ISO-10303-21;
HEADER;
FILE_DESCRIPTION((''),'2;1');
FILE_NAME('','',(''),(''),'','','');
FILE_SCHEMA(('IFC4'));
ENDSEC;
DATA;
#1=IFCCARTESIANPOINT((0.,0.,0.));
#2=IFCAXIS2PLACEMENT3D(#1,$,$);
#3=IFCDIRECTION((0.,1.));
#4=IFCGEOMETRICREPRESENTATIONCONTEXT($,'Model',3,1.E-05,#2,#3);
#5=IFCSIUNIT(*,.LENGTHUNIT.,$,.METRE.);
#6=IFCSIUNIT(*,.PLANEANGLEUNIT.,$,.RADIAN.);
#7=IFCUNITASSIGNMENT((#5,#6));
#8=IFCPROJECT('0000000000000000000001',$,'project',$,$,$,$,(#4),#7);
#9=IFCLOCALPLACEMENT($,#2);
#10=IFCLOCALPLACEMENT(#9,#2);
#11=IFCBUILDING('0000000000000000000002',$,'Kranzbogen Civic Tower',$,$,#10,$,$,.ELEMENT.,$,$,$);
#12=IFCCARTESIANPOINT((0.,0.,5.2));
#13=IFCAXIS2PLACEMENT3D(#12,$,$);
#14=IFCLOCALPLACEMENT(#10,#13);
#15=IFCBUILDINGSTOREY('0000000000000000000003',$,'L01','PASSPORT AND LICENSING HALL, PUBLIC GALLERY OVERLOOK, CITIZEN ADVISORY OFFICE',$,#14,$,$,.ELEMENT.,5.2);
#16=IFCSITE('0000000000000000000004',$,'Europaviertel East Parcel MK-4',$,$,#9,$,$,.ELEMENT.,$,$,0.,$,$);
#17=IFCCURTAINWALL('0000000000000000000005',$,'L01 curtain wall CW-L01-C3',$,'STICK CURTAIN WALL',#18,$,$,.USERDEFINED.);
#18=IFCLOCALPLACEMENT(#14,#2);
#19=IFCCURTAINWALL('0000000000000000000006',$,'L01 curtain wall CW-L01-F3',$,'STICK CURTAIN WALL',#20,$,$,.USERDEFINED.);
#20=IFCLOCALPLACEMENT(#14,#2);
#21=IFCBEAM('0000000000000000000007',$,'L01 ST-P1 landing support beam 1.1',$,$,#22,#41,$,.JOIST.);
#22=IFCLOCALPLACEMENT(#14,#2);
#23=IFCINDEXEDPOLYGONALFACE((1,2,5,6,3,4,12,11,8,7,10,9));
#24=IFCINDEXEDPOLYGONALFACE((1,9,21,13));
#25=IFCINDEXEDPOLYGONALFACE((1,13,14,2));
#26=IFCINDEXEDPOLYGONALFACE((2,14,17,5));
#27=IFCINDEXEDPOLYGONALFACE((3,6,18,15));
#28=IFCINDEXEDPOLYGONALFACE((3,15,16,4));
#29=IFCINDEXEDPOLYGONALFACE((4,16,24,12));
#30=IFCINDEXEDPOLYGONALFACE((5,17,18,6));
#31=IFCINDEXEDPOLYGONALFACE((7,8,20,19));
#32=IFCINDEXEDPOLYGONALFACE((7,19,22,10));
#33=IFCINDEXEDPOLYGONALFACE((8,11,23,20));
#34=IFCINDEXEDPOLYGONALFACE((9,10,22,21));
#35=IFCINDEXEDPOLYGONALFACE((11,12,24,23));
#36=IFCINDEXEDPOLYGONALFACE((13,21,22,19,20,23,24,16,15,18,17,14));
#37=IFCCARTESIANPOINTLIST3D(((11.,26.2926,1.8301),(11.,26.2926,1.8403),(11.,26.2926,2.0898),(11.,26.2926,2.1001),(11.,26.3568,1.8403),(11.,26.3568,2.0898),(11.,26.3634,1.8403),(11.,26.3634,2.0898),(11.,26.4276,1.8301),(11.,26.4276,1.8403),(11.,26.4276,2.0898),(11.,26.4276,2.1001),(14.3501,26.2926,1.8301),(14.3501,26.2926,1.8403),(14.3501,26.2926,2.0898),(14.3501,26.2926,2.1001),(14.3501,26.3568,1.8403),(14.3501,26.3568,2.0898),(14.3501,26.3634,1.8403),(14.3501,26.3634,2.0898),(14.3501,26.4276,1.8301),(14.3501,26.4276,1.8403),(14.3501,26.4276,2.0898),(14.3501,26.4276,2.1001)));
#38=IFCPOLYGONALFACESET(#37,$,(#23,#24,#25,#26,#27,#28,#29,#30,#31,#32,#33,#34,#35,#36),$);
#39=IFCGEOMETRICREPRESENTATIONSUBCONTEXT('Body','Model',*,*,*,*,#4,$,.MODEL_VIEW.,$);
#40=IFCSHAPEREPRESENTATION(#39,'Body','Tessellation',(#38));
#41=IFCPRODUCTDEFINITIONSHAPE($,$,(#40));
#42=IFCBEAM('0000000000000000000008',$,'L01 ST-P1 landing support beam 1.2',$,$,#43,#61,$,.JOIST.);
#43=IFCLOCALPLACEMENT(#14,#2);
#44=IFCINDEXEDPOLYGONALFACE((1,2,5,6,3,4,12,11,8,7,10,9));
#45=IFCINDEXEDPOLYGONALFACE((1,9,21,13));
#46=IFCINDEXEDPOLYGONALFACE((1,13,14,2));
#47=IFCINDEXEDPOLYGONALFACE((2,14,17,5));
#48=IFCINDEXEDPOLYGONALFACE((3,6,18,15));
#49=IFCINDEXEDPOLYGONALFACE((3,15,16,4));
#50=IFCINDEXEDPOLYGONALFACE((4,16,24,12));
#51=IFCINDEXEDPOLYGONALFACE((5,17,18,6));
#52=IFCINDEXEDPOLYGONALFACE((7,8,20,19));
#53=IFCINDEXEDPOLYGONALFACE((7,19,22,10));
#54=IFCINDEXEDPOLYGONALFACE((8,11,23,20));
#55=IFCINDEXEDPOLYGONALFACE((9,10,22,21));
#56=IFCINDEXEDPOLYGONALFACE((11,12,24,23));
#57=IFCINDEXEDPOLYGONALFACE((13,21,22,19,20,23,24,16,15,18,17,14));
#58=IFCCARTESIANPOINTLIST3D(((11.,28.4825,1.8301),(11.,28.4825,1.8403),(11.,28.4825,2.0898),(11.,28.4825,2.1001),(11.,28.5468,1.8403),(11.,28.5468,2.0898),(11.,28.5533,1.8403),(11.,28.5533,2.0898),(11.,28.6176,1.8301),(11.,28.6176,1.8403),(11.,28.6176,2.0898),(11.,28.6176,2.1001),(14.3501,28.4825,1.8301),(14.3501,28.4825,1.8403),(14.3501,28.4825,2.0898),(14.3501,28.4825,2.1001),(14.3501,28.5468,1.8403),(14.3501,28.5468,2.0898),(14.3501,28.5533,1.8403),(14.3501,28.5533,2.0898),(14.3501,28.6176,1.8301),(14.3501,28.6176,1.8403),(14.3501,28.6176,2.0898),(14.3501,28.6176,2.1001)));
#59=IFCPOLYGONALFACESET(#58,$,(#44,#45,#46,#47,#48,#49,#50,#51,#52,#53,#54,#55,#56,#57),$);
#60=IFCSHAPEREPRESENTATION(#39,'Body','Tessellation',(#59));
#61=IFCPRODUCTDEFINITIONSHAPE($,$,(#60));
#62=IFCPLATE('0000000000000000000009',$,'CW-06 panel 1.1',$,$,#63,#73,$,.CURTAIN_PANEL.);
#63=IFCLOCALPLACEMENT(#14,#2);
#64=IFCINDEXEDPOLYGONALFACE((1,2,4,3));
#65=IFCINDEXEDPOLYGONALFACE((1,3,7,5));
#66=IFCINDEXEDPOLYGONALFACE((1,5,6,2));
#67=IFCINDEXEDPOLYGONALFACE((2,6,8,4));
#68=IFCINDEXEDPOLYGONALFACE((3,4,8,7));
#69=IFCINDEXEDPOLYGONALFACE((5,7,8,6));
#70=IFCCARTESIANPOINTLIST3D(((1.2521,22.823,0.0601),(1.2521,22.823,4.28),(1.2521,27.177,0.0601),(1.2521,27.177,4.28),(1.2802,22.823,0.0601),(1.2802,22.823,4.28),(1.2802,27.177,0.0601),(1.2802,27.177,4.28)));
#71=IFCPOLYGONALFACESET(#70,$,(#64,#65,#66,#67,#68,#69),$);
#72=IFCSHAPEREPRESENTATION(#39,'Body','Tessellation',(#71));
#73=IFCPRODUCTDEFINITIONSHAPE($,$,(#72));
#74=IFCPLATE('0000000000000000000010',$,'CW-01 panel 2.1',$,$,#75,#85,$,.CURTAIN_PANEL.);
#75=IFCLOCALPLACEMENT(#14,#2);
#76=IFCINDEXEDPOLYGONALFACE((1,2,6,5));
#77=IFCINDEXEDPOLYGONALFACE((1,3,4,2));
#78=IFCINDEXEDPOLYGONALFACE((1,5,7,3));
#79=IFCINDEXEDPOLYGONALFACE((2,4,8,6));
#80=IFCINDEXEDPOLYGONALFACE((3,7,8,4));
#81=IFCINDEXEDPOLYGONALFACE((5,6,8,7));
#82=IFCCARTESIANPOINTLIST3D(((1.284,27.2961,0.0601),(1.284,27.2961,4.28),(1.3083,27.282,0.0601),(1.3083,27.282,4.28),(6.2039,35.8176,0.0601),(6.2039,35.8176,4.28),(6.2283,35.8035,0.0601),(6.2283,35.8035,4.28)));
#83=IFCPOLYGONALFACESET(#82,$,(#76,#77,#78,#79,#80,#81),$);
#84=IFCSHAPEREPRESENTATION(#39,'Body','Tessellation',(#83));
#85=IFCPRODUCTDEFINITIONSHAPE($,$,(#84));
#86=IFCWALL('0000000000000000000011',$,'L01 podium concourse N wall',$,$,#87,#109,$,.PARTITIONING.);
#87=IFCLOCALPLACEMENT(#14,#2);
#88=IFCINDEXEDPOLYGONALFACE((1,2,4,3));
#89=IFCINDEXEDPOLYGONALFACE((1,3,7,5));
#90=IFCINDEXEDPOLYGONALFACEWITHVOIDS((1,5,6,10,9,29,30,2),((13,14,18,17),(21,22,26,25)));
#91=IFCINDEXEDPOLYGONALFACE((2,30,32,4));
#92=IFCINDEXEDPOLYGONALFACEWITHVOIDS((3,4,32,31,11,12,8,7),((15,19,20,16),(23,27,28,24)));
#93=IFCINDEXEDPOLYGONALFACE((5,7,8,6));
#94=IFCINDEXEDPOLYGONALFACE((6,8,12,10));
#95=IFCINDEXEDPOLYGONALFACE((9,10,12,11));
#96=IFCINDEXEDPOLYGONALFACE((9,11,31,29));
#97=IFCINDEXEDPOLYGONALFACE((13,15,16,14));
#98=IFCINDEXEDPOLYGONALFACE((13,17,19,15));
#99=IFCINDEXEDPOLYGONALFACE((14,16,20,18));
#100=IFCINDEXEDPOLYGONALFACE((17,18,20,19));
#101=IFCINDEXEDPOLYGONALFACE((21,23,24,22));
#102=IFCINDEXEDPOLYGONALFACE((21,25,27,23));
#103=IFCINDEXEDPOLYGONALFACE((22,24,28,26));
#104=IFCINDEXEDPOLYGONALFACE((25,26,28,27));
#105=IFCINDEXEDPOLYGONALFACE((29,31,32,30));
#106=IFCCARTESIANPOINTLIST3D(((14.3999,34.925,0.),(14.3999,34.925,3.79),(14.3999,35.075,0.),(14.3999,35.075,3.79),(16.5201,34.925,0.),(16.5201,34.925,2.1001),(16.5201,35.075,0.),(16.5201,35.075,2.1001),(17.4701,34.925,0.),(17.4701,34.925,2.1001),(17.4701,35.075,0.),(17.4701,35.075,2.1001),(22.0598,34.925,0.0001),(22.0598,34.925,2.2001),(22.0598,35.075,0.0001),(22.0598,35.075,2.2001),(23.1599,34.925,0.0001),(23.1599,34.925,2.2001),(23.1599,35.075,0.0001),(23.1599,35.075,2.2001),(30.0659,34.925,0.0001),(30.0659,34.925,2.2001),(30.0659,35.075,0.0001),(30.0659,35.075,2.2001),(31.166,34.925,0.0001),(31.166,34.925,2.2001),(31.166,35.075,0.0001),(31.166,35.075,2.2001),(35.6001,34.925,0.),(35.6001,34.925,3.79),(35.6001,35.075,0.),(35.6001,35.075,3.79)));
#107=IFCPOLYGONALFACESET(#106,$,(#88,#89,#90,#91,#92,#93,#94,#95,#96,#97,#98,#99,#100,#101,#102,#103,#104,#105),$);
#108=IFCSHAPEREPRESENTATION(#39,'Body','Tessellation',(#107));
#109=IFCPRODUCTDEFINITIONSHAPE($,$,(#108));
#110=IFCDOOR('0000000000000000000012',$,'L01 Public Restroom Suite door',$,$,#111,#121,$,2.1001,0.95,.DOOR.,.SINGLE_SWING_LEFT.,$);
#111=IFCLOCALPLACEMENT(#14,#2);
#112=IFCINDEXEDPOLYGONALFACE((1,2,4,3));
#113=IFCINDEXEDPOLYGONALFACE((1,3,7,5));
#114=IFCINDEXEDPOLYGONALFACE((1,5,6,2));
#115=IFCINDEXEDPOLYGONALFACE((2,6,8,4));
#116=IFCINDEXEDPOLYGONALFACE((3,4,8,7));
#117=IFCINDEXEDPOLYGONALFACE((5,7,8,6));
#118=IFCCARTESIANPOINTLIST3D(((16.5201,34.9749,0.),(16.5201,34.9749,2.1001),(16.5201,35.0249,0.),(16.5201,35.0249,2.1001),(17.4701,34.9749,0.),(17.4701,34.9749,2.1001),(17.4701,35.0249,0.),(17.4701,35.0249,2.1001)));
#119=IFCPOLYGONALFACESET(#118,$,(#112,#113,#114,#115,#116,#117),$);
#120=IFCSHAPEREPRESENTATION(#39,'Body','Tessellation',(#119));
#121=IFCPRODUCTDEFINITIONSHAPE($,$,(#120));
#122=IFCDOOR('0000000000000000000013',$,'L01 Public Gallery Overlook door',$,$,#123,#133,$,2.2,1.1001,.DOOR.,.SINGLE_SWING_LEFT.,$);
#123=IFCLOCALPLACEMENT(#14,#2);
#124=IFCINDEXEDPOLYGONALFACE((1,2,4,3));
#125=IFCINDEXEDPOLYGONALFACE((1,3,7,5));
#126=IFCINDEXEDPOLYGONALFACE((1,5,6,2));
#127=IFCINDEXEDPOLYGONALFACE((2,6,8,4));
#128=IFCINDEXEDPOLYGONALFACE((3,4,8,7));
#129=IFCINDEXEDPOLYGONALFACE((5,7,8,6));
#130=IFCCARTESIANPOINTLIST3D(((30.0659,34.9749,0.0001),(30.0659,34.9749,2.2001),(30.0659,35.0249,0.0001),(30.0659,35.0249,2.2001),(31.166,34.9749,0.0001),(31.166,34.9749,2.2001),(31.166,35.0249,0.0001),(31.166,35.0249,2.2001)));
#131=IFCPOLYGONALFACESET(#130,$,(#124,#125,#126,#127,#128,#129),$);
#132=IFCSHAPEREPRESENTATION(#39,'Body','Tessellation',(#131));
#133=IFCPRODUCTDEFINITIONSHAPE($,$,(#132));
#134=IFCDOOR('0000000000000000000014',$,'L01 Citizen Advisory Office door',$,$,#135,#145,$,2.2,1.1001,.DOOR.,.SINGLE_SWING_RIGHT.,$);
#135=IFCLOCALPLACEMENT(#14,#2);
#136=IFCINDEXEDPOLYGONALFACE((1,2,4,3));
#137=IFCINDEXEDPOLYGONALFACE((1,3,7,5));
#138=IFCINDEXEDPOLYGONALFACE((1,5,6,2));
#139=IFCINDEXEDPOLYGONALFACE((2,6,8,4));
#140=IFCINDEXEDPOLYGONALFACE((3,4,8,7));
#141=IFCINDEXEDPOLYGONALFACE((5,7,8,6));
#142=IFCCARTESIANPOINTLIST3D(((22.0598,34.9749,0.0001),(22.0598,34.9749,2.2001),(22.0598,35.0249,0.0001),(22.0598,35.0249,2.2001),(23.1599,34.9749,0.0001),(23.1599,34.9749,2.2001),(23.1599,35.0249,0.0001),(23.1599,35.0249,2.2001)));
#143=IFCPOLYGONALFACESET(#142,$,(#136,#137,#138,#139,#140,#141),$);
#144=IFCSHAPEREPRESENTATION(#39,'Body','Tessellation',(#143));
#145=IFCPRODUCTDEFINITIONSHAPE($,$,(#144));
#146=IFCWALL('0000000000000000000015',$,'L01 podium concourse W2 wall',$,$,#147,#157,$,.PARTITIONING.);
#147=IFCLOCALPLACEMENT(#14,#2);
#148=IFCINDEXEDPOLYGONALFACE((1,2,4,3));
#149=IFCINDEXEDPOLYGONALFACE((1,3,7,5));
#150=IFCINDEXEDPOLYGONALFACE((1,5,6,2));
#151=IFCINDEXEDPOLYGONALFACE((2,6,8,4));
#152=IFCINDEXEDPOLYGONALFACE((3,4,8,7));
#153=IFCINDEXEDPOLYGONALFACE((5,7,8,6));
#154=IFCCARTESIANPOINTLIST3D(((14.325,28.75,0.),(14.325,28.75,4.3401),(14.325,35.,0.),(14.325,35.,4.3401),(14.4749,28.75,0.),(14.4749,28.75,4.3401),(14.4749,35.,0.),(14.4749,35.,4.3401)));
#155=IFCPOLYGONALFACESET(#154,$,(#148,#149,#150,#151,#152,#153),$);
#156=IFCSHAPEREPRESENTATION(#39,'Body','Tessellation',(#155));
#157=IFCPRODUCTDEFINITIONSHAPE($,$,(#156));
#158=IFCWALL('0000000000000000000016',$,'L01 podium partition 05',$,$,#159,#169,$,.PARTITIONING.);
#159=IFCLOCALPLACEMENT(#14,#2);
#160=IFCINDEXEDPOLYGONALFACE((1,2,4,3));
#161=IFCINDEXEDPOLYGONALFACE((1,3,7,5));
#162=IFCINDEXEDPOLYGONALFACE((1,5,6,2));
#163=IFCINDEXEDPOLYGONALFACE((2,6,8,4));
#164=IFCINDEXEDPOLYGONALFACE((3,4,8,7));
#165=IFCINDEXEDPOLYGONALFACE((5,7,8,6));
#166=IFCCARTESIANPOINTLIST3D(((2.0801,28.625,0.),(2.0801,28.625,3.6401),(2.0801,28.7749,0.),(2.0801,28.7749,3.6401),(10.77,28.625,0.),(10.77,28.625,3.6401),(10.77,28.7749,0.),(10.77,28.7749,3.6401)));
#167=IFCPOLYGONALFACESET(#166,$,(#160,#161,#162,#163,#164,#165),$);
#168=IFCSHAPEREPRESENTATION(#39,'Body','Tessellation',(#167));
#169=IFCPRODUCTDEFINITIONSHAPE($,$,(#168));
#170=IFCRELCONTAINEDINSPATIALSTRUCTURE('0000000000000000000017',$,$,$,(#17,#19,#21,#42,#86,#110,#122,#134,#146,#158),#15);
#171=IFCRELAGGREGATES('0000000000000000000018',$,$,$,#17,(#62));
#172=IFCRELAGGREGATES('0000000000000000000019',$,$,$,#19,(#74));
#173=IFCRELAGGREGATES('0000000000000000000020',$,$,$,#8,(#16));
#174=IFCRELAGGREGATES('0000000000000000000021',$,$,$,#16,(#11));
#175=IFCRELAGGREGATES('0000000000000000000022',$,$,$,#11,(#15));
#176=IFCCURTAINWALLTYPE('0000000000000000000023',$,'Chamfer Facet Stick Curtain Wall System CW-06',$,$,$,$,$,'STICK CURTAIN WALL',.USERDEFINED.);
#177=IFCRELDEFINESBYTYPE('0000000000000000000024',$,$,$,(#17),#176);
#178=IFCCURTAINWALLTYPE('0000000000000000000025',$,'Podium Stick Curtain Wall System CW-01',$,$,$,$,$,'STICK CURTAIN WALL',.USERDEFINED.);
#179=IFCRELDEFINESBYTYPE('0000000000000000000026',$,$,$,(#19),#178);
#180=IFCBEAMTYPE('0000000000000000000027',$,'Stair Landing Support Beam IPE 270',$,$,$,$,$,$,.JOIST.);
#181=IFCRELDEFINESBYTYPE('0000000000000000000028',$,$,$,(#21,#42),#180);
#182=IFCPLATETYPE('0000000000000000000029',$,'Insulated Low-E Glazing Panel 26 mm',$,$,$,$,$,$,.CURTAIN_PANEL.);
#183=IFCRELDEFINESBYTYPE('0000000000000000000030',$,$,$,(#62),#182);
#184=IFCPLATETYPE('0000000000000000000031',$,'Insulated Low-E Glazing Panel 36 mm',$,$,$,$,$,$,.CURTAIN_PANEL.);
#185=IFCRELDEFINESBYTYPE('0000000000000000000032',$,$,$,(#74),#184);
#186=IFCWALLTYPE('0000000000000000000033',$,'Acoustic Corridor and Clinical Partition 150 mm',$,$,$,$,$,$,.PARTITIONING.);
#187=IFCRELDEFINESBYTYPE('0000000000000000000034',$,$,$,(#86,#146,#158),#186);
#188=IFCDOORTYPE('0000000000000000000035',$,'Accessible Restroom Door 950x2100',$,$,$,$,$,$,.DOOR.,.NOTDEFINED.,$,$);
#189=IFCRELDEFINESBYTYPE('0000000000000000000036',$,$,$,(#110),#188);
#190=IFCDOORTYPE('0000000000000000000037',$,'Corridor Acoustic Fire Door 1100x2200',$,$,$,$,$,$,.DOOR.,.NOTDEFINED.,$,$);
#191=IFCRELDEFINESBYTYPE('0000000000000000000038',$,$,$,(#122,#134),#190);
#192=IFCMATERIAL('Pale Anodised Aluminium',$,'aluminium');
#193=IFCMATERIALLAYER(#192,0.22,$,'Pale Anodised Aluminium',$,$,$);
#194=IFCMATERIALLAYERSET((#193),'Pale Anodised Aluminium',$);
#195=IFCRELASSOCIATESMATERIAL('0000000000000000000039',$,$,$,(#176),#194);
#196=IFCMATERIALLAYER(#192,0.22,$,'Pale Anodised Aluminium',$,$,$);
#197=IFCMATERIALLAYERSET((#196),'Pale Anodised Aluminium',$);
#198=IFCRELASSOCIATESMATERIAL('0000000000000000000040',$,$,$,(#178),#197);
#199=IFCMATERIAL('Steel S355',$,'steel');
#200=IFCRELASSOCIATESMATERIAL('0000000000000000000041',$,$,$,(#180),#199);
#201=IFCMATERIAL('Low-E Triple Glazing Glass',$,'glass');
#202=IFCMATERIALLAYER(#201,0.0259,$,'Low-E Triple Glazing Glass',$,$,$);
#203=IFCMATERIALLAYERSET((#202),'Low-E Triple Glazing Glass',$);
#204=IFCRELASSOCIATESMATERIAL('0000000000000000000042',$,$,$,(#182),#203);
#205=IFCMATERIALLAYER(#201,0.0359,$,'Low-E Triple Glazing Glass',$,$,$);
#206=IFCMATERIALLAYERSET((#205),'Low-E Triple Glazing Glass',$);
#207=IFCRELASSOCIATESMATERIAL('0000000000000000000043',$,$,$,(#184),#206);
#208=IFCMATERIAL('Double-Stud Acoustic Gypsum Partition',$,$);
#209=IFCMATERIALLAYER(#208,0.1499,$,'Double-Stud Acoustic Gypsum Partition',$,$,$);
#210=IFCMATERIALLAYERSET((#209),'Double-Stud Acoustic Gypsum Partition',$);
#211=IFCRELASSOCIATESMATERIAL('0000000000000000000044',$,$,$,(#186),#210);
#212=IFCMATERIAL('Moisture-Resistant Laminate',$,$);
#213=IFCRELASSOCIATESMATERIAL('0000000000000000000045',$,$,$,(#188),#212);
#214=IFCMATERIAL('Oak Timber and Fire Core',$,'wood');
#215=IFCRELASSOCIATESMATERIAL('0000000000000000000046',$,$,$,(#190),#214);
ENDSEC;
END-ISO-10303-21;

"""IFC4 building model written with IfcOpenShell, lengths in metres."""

from ifc_helpers import new_model, si_unit, direction, frame, frame_2d, origin, origin_2d, place, context, subcontext, project, spatial, rectangle, i_section, extrude, material, layer, layer_set, material_profile, profile_set, type_object, element, fill, aggregate, save


model = new_model("IFC4")

# Units and contexts
model_context = context("Model", 3, precision=1e-05, world=origin(), true_north=direction((0.0, 1.0)))
body_context = subcontext(model_context, "Body", "Model", "MODEL_VIEW")
ifc_project = project(units=[si_unit("LENGTHUNIT", "METRE"), si_unit("PLANEANGLEUNIT", "RADIAN")], contexts=[model_context])

# Site, building, storey
site_placement = place(None, origin())
site = spatial("IfcSite", under=ifc_project, at=site_placement, Name="Europaviertel East Parcel MK-4", CompositionType="ELEMENT", RefElevation=0.0)
building_placement = place(site_placement, origin())
building = spatial("IfcBuilding", under=site, at=building_placement, Name="Kranzbogen Civic Tower", CompositionType="ELEMENT")
storey_placement = place(building_placement, frame((0.0, 0.0, 5.2)))
storey = spatial("IfcBuildingStorey", under=building, at=storey_placement, Name="L01", Description="PASSPORT AND LICENSING HALL, PUBLIC GALLERY OVERLOOK, CITIZEN ADVISORY OFFICE", CompositionType="ELEMENT", Elevation=5.2)

# Curtain walls
ifc_material_1 = material(Name="Pale Anodised Aluminium", Category="aluminium")
ifc_layer_1 = layer(ifc_material_1, 0.22, Name="Pale Anodised Aluminium")
ifc_layer_set_1 = layer_set([ifc_layer_1], Name="Pale Anodised Aluminium")
curtain_wall_type_1 = type_object("IfcCurtainWallType", Name="Chamfer Facet Stick Curtain Wall System CW-06", ElementType="STICK CURTAIN WALL", PredefinedType="USERDEFINED", material=ifc_layer_set_1)
curtain_wall_1_placement = place(storey_placement, origin())
curtain_wall_1 = element("IfcCurtainWall", 1, at=curtain_wall_1_placement, inside=storey, type_object=curtain_wall_type_1, Name="L01 curtain wall CW-L01-C3", ObjectType="STICK CURTAIN WALL", PredefinedType="USERDEFINED")
ifc_layer_2 = layer(ifc_material_1, 0.22, Name="Pale Anodised Aluminium")
ifc_layer_set_2 = layer_set([ifc_layer_2], Name="Pale Anodised Aluminium")
curtain_wall_type_2 = type_object("IfcCurtainWallType", Name="Podium Stick Curtain Wall System CW-01", ElementType="STICK CURTAIN WALL", PredefinedType="USERDEFINED", material=ifc_layer_set_2)
curtain_wall_2_placement = place(storey_placement, origin())
curtain_wall_2 = element("IfcCurtainWall", 2, at=curtain_wall_2_placement, inside=storey, type_object=curtain_wall_type_2, Name="L01 curtain wall CW-L01-F3", ObjectType="STICK CURTAIN WALL", PredefinedType="USERDEFINED")

# Beams
ifc_material_2 = material(Name="Steel S355", Category="steel")
ifc_material_profile_1 = material_profile(ifc_material_2, i_section(OverallWidth=0.135, OverallDepth=0.27, WebThickness=0.0066, FlangeThickness=0.0103, at=origin_2d()), Name="IPE 270")
ifc_profile_set_1 = profile_set([ifc_material_profile_1], Name="Steel S355")
beam_type_1 = type_object("IfcBeamType", Name="Stair Landing Support Beam IPE 270", PredefinedType="JOIST", material=ifc_profile_set_1)
for number, where, z_axis, x_axis, name in (
    (3, (14.3501, 26.3601, 1.9651), (-1.0, 0.0, 0.0), (0.0, -1.0, 0.0), "L01 ST-P1 landing support beam 1.1"),
    (4, (14.3501, 28.55, 1.9651), (-1.0, 0.0, 0.0), (0.0, -1.0, 0.0), "L01 ST-P1 landing support beam 1.2"),
):
    element("IfcBeam", number, at=place(storey_placement, frame(where, z_axis=z_axis, x_axis=x_axis)), inside=storey, type_object=beam_type_1, Name=name, PredefinedType="JOIST", context=body_context, shape_type="SweptSolid", body=[
        extrude(i_section(OverallWidth=0.135, OverallDepth=0.27, WebThickness=0.0066, FlangeThickness=0.0103, at=origin_2d()), origin(), (0.0, 0.0, 1.0), 3.3501),
    ])

# Plates
ifc_material_3 = material(Name="Low-E Triple Glazing Glass", Category="glass")
ifc_layer_3 = layer(ifc_material_3, 0.0259, Name="Low-E Triple Glazing Glass")
ifc_layer_set_3 = layer_set([ifc_layer_3], Name="Low-E Triple Glazing Glass")
plate_type_1 = type_object("IfcPlateType", Name="Insulated Low-E Glazing Panel 26 mm", PredefinedType="CURTAIN_PANEL", material=ifc_layer_set_3)
plate_1_placement = place(storey_placement, frame((1.2661, 25.0, 0.0601), z_axis=(0.0, 0.0, 1.0), x_axis=(0.0, -1.0, 0.0)))
plate_1 = element("IfcPlate", 5, at=plate_1_placement, type_object=plate_type_1, Name="CW-06 panel 1.1", PredefinedType="CURTAIN_PANEL", context=body_context, shape_type="SweptSolid", body=[
    extrude(rectangle(XDim=4.354, YDim=0.0281, at=origin_2d()), origin(), (0.0, 0.0, 1.0), 4.22),
])
aggregate(curtain_wall_1, [plate_1])
ifc_layer_4 = layer(ifc_material_3, 0.0359, Name="Low-E Triple Glazing Glass")
ifc_layer_set_4 = layer_set([ifc_layer_4], Name="Low-E Triple Glazing Glass")
plate_type_2 = type_object("IfcPlateType", Name="Insulated Low-E Glazing Panel 36 mm", PredefinedType="CURTAIN_PANEL", material=ifc_layer_set_4)
plate_2_placement = place(storey_placement, frame((3.7561, 31.5498, 0.0601), z_axis=(0.0, 0.0, 1.0), x_axis=(-0.500006, -0.866022, 0.0)))
plate_2 = element("IfcPlate", 6, at=plate_2_placement, type_object=plate_type_2, Name="CW-01 panel 2.1", PredefinedType="CURTAIN_PANEL", context=body_context, shape_type="SweptSolid", body=[
    extrude(rectangle(XDim=9.8398, YDim=0.0281, at=origin_2d()), origin(), (0.0, 0.0, 1.0), 4.22),
])
aggregate(curtain_wall_2, [plate_2])

# Wall, openings, doors
ifc_material_4 = material(Name="Double-Stud Acoustic Gypsum Partition")
ifc_layer_5 = layer(ifc_material_4, 0.1499, Name="Double-Stud Acoustic Gypsum Partition")
ifc_layer_set_5 = layer_set([ifc_layer_5], Name="Double-Stud Acoustic Gypsum Partition")
wall_type_1 = type_object("IfcWallType", Name="Acoustic Corridor and Clinical Partition 150 mm", PredefinedType="PARTITIONING", material=ifc_layer_set_5)
wall_1_placement = place(storey_placement, frame((14.3999, 35.0, 0.0), z_axis=(0.0, 0.0, 1.0), x_axis=(1.0, 0.0, 0.0)))
wall_1 = element("IfcWall", 7, at=wall_1_placement, inside=storey, type_object=wall_type_1, Name="L01 podium concourse N wall", PredefinedType="PARTITIONING", context=body_context, shape_type="SweptSolid", body=[
    extrude(rectangle(XDim=21.2002, YDim=0.1499, at=frame_2d((10.6001, 0.0))), origin(), (0.0, 0.0, 1.0), 3.79),
])
opening_1_placement = place(wall_1_placement, frame((2.1201, 0.0, 0.0)))
opening_1 = element("IfcOpeningElement", 8, at=opening_1_placement, cuts=wall_1, PredefinedType="OPENING", context=body_context, shape_type="SweptSolid", body=[
    extrude(rectangle(XDim=0.95, YDim=2.1001, at=frame_2d((0.4751, 1.05))), frame((0.0, 0.085, 0.0), z_axis=(0.0, -1.0, 0.0), x_axis=(1.0, 0.0, 0.0)), (0.0, 0.0, 1.0), 0.1699),
])
opening_2_placement = place(wall_1_placement, frame((15.666, 0.0, 0.0)))
opening_2 = element("IfcOpeningElement", 9, at=opening_2_placement, cuts=wall_1, PredefinedType="OPENING", context=body_context, shape_type="SweptSolid", body=[
    extrude(rectangle(XDim=1.1001, YDim=2.2, at=frame_2d((0.55, 1.1001))), frame((0.0, 0.085, 0.0), z_axis=(0.0, -1.0, 0.0), x_axis=(1.0, 0.0, 0.0)), (0.0, 0.0, 1.0), 0.1699),
])
opening_3_placement = place(wall_1_placement, frame((7.6599, 0.0, 0.0)))
opening_3 = element("IfcOpeningElement", 10, at=opening_3_placement, cuts=wall_1, PredefinedType="OPENING", context=body_context, shape_type="SweptSolid", body=[
    extrude(rectangle(XDim=1.1001, YDim=2.2, at=frame_2d((0.55, 1.1001))), frame((0.0, 0.085, 0.0), z_axis=(0.0, -1.0, 0.0), x_axis=(1.0, 0.0, 0.0)), (0.0, 0.0, 1.0), 0.1699),
])
ifc_material_5 = material(Name="Moisture-Resistant Laminate")
door_type_1 = type_object("IfcDoorType", Name="Accessible Restroom Door 950x2100", OperationType="NOTDEFINED", PredefinedType="DOOR", material=ifc_material_5)
door_1_placement = place(opening_1_placement, origin())
door_1 = element("IfcDoor", 11, at=door_1_placement, inside=storey, type_object=door_type_1, Name="L01 Public Restroom Suite door", OperationType="SINGLE_SWING_LEFT", OverallHeight=2.1001, OverallWidth=0.95, PredefinedType="DOOR", context=body_context, shape_type="SweptSolid", body=[
    extrude(rectangle(XDim=0.95, YDim=2.1001, at=frame_2d((0.4751, 1.05))), frame((0.0, 0.0249, 0.0), z_axis=(0.0, -1.0, 0.0), x_axis=(1.0, 0.0, 0.0)), (0.0, 0.0, 1.0), 0.05),
])
fill(opening_1, door_1)
ifc_material_6 = material(Name="Oak Timber and Fire Core", Category="wood")
door_type_2 = type_object("IfcDoorType", Name="Corridor Acoustic Fire Door 1100x2200", OperationType="NOTDEFINED", PredefinedType="DOOR", material=ifc_material_6)
door_2_placement = place(opening_2_placement, origin())
door_2 = element("IfcDoor", 12, at=door_2_placement, inside=storey, type_object=door_type_2, Name="L01 Public Gallery Overlook door", OperationType="SINGLE_SWING_LEFT", OverallHeight=2.2, OverallWidth=1.1001, PredefinedType="DOOR", context=body_context, shape_type="SweptSolid", body=[
    extrude(rectangle(XDim=1.1001, YDim=2.2, at=frame_2d((0.55, 1.1001))), frame((0.0, 0.0249, 0.0), z_axis=(0.0, -1.0, 0.0), x_axis=(1.0, 0.0, 0.0)), (0.0, 0.0, 1.0), 0.05),
])
fill(opening_2, door_2)
door_3_placement = place(opening_3_placement, origin())
door_3 = element("IfcDoor", 13, at=door_3_placement, inside=storey, type_object=door_type_2, Name="L01 Citizen Advisory Office door", OperationType="SINGLE_SWING_RIGHT", OverallHeight=2.2, OverallWidth=1.1001, PredefinedType="DOOR", context=body_context, shape_type="SweptSolid", body=[
    extrude(rectangle(XDim=1.1001, YDim=2.2, at=frame_2d((0.55, 1.1001))), frame((0.0, 0.0249, 0.0), z_axis=(0.0, -1.0, 0.0), x_axis=(1.0, 0.0, 0.0)), (0.0, 0.0, 1.0), 0.05),
])
fill(opening_3, door_3)

# Walls
wall_2_placement = place(storey_placement, frame((14.3999, 28.75, 0.0), z_axis=(0.0, 0.0, 1.0), x_axis=(0.0, 1.0, 0.0)))
element("IfcWall", 14, at=wall_2_placement, inside=storey, type_object=wall_type_1, Name="L01 podium concourse W2 wall", PredefinedType="PARTITIONING", context=body_context, shape_type="SweptSolid", body=[
    extrude(rectangle(XDim=6.25, YDim=0.1499, at=frame_2d((3.125, 0.0))), origin(), (0.0, 0.0, 1.0), 4.3401),
])
wall_3_placement = place(storey_placement, frame((2.0801, 28.7, 0.0), z_axis=(0.0, 0.0, 1.0), x_axis=(1.0, 0.0, 0.0)))
element("IfcWall", 15, at=wall_3_placement, inside=storey, type_object=wall_type_1, Name="L01 podium partition 05", PredefinedType="PARTITIONING", context=body_context, shape_type="SweptSolid", body=[
    extrude(rectangle(XDim=8.6899, YDim=0.1499, at=frame_2d((4.345, 0.0))), origin(), (0.0, 0.0, 1.0), 3.6401),
])

save(model, "model.ifc")
